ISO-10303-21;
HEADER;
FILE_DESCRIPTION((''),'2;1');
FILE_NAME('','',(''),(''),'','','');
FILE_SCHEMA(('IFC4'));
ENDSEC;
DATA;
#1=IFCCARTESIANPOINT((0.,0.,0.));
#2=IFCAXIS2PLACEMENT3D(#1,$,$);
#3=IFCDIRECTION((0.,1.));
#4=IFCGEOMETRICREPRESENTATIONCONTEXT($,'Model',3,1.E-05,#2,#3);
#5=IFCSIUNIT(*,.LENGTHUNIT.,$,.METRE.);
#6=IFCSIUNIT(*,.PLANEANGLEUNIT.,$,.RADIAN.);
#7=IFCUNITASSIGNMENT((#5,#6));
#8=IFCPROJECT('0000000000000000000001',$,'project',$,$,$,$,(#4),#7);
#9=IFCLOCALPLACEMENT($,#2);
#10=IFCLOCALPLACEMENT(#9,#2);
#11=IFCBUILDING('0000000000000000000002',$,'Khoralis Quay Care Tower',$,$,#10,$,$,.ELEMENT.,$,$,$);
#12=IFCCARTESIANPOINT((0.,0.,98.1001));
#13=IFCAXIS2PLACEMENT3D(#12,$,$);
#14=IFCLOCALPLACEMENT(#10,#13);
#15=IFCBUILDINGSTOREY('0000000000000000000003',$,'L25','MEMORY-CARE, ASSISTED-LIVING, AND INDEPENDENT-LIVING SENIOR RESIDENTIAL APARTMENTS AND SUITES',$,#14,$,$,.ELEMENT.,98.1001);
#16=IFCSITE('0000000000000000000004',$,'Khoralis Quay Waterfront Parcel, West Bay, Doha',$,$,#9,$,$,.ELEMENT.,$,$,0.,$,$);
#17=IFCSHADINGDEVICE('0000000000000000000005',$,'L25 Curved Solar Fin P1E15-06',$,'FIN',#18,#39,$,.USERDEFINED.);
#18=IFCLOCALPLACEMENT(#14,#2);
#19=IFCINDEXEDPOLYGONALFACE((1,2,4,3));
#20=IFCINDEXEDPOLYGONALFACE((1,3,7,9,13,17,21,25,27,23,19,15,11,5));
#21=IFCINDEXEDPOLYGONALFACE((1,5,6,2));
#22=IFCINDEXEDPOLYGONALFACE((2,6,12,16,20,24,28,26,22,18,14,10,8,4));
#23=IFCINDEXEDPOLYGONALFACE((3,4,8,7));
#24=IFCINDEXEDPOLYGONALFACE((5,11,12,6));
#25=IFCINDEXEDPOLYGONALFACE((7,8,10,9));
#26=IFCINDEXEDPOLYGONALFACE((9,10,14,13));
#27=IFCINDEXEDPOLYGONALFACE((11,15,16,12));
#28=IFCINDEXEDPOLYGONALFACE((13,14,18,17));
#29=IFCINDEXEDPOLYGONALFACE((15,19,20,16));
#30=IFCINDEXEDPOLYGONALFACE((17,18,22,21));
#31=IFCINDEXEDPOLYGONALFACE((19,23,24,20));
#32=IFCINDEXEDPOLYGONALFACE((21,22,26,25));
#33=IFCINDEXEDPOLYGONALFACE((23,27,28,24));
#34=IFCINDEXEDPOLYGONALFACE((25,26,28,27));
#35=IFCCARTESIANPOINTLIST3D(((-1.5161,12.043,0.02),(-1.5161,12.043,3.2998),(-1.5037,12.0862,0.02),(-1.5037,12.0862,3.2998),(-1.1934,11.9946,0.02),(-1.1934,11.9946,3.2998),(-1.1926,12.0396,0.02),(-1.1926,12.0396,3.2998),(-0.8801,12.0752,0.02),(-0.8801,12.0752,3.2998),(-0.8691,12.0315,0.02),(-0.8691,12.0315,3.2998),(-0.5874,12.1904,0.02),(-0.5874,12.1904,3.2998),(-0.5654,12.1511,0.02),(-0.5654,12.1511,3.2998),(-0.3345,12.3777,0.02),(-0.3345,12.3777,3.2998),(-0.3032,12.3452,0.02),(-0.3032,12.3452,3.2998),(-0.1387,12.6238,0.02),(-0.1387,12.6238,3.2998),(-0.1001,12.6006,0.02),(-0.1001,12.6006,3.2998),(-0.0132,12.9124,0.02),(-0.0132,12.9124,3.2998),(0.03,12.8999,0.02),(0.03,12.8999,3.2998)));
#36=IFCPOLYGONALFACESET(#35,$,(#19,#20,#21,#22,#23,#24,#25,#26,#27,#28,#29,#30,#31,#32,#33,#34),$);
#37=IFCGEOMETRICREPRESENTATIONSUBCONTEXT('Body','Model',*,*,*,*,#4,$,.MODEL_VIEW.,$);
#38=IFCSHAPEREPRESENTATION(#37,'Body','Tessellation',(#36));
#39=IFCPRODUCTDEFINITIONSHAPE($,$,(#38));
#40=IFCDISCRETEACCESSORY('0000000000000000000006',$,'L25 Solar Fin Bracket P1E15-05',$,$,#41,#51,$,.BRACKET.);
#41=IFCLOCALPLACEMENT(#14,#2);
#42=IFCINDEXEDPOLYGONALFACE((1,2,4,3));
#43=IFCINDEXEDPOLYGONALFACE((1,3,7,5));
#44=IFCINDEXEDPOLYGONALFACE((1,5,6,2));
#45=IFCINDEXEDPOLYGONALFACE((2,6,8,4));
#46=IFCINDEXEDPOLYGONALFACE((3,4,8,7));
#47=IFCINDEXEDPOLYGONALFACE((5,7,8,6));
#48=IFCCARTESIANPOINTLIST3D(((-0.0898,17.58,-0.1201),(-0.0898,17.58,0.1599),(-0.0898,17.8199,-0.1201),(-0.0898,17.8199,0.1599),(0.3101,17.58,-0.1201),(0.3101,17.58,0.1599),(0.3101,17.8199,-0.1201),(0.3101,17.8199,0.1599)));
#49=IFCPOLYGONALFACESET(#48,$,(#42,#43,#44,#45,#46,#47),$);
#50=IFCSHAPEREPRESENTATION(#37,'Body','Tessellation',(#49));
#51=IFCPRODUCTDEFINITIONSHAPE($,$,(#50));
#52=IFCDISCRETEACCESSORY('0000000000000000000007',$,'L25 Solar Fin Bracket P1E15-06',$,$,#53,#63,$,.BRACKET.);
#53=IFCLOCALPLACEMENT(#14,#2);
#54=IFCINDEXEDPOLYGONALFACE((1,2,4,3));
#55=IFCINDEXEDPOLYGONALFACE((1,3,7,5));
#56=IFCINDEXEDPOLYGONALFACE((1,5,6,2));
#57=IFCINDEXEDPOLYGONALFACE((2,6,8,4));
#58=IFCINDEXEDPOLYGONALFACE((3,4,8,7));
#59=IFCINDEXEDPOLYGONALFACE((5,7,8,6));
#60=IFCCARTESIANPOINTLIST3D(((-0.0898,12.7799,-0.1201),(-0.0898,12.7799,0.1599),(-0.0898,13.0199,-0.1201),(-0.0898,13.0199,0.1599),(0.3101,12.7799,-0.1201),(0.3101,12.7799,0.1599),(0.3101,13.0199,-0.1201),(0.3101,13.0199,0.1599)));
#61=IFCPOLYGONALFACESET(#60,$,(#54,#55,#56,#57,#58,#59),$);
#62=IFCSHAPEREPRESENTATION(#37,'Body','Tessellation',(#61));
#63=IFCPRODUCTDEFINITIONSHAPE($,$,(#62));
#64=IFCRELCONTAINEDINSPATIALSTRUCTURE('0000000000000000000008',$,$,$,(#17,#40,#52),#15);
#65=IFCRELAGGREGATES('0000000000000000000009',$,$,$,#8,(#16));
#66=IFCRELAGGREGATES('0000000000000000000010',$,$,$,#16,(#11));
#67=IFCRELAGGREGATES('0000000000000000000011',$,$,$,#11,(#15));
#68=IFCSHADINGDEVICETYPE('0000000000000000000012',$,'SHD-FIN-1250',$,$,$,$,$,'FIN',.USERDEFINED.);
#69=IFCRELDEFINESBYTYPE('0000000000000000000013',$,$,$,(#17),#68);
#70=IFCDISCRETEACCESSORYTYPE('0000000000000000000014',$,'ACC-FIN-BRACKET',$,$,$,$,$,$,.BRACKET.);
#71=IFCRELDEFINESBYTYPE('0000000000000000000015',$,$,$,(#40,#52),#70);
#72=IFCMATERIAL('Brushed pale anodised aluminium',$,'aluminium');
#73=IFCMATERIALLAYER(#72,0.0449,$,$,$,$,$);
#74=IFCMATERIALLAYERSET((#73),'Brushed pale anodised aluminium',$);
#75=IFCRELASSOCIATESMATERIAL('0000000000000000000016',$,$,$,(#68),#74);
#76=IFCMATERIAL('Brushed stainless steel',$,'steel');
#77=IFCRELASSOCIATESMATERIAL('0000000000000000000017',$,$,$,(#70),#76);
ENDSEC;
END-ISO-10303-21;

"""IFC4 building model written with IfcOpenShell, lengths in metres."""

from ifc_helpers import new_model, si_unit, direction, frame, origin, origin_2d, place, context, subcontext, project, spatial, polyline, rectangle, outline, extrude, source, transform, mapped, material, layer, layer_set, type_object, element, save


model = new_model("IFC4")

# Units and contexts
model_context = context("Model", 3, precision=1e-05, world=origin(), true_north=direction((0.0, 1.0)))
body_context = subcontext(model_context, "Body", "Model", "MODEL_VIEW")
ifc_project = project(units=[si_unit("LENGTHUNIT", "METRE"), si_unit("PLANEANGLEUNIT", "RADIAN")], contexts=[model_context])

# Site, building, storey
site_placement = place(None, origin())
site = spatial("IfcSite", under=ifc_project, at=site_placement, Name="Khoralis Quay Waterfront Parcel, West Bay, Doha", CompositionType="ELEMENT", RefElevation=0.0)
building_placement = place(site_placement, origin())
building = spatial("IfcBuilding", under=site, at=building_placement, Name="Khoralis Quay Care Tower", CompositionType="ELEMENT")
storey_placement = place(building_placement, frame((0.0, 0.0, 98.1001)))
storey = spatial("IfcBuildingStorey", under=building, at=storey_placement, Name="L25", Description="MEMORY-CARE, ASSISTED-LIVING, AND INDEPENDENT-LIVING SENIOR RESIDENTIAL APARTMENTS AND SUITES", CompositionType="ELEMENT", Elevation=98.1001)

# Shading device
ifc_material_1 = material(Name="Brushed pale anodised aluminium", Category="aluminium")
ifc_layer_1 = layer(ifc_material_1, 0.0449)
ifc_layer_set_1 = layer_set([ifc_layer_1], Name="Brushed pale anodised aluminium")
shading_device_type = type_object("IfcShadingDeviceType", Name="SHD-FIN-1250", ElementType="FIN", PredefinedType="USERDEFINED", material=ifc_layer_set_1)
shared_shape_1 = source(origin(), body_context, "Body", "SweptSolid", [
    extrude(outline(polyline([(0.0, 0.0), (0.1301, 0.2993), (0.3333, 0.5547), (0.5955, 0.7488), (0.8992, 0.8684), (1.2234, 0.9053), (1.5461, 0.8569), (1.5337, 0.8137), (1.2227, 0.8604), (0.9102, 0.8247), (0.6174, 0.7095), (0.3645, 0.5222), (0.1687, 0.2761), (0.0432, -0.0125), (0.0, 0.0)])), origin(), (0.0, 0.0, 1.0), 3.2798),
])
for number, where, z_axis, x_axis, name in (
    (1, (0.03, 12.8999, 0.02), (0.0, 0.0, 1.0), (-1.0, 0.0, 0.0), "L25 Curved Solar Fin P1E15-06"),
):
    element("IfcShadingDevice", number, at=place(storey_placement, frame(where, z_axis=z_axis, x_axis=x_axis)), inside=storey, type_object=shading_device_type, Name=name, ObjectType="FIN", PredefinedType="USERDEFINED", context=body_context, shape_type="MappedRepresentation", body=[
        mapped(shared_shape_1, transform((0.0, 0.0, 0.0), scale=1.0)),
    ])

# Discrete accessories
ifc_material_2 = material(Name="Brushed stainless steel", Category="steel")
discrete_accessory_type = type_object("IfcDiscreteAccessoryType", Name="ACC-FIN-BRACKET", PredefinedType="BRACKET", material=ifc_material_2)
shared_shape_2 = source(origin(), body_context, "Body", "SweptSolid", [
    extrude(rectangle(XDim=0.3999, YDim=0.24, at=origin_2d()), origin(), (0.0, 0.0, 1.0), 0.28),
])
for number, where, z_axis, x_axis, name in (
    (2, (0.1101, 17.7, -0.1201), (0.0, 0.0, 1.0), (-1.0, 0.0, 0.0), "L25 Solar Fin Bracket P1E15-05"),
    (3, (0.1101, 12.8999, -0.1201), (0.0, 0.0, 1.0), (-1.0, 0.0, 0.0), "L25 Solar Fin Bracket P1E15-06"),
):
    element("IfcDiscreteAccessory", number, at=place(storey_placement, frame(where, z_axis=z_axis, x_axis=x_axis)), inside=storey, type_object=discrete_accessory_type, Name=name, PredefinedType="BRACKET", context=body_context, shape_type="MappedRepresentation", body=[
        mapped(shared_shape_2, transform((0.0, 0.0, 0.0), scale=1.0)),
    ])

save(model, "model.ifc")
